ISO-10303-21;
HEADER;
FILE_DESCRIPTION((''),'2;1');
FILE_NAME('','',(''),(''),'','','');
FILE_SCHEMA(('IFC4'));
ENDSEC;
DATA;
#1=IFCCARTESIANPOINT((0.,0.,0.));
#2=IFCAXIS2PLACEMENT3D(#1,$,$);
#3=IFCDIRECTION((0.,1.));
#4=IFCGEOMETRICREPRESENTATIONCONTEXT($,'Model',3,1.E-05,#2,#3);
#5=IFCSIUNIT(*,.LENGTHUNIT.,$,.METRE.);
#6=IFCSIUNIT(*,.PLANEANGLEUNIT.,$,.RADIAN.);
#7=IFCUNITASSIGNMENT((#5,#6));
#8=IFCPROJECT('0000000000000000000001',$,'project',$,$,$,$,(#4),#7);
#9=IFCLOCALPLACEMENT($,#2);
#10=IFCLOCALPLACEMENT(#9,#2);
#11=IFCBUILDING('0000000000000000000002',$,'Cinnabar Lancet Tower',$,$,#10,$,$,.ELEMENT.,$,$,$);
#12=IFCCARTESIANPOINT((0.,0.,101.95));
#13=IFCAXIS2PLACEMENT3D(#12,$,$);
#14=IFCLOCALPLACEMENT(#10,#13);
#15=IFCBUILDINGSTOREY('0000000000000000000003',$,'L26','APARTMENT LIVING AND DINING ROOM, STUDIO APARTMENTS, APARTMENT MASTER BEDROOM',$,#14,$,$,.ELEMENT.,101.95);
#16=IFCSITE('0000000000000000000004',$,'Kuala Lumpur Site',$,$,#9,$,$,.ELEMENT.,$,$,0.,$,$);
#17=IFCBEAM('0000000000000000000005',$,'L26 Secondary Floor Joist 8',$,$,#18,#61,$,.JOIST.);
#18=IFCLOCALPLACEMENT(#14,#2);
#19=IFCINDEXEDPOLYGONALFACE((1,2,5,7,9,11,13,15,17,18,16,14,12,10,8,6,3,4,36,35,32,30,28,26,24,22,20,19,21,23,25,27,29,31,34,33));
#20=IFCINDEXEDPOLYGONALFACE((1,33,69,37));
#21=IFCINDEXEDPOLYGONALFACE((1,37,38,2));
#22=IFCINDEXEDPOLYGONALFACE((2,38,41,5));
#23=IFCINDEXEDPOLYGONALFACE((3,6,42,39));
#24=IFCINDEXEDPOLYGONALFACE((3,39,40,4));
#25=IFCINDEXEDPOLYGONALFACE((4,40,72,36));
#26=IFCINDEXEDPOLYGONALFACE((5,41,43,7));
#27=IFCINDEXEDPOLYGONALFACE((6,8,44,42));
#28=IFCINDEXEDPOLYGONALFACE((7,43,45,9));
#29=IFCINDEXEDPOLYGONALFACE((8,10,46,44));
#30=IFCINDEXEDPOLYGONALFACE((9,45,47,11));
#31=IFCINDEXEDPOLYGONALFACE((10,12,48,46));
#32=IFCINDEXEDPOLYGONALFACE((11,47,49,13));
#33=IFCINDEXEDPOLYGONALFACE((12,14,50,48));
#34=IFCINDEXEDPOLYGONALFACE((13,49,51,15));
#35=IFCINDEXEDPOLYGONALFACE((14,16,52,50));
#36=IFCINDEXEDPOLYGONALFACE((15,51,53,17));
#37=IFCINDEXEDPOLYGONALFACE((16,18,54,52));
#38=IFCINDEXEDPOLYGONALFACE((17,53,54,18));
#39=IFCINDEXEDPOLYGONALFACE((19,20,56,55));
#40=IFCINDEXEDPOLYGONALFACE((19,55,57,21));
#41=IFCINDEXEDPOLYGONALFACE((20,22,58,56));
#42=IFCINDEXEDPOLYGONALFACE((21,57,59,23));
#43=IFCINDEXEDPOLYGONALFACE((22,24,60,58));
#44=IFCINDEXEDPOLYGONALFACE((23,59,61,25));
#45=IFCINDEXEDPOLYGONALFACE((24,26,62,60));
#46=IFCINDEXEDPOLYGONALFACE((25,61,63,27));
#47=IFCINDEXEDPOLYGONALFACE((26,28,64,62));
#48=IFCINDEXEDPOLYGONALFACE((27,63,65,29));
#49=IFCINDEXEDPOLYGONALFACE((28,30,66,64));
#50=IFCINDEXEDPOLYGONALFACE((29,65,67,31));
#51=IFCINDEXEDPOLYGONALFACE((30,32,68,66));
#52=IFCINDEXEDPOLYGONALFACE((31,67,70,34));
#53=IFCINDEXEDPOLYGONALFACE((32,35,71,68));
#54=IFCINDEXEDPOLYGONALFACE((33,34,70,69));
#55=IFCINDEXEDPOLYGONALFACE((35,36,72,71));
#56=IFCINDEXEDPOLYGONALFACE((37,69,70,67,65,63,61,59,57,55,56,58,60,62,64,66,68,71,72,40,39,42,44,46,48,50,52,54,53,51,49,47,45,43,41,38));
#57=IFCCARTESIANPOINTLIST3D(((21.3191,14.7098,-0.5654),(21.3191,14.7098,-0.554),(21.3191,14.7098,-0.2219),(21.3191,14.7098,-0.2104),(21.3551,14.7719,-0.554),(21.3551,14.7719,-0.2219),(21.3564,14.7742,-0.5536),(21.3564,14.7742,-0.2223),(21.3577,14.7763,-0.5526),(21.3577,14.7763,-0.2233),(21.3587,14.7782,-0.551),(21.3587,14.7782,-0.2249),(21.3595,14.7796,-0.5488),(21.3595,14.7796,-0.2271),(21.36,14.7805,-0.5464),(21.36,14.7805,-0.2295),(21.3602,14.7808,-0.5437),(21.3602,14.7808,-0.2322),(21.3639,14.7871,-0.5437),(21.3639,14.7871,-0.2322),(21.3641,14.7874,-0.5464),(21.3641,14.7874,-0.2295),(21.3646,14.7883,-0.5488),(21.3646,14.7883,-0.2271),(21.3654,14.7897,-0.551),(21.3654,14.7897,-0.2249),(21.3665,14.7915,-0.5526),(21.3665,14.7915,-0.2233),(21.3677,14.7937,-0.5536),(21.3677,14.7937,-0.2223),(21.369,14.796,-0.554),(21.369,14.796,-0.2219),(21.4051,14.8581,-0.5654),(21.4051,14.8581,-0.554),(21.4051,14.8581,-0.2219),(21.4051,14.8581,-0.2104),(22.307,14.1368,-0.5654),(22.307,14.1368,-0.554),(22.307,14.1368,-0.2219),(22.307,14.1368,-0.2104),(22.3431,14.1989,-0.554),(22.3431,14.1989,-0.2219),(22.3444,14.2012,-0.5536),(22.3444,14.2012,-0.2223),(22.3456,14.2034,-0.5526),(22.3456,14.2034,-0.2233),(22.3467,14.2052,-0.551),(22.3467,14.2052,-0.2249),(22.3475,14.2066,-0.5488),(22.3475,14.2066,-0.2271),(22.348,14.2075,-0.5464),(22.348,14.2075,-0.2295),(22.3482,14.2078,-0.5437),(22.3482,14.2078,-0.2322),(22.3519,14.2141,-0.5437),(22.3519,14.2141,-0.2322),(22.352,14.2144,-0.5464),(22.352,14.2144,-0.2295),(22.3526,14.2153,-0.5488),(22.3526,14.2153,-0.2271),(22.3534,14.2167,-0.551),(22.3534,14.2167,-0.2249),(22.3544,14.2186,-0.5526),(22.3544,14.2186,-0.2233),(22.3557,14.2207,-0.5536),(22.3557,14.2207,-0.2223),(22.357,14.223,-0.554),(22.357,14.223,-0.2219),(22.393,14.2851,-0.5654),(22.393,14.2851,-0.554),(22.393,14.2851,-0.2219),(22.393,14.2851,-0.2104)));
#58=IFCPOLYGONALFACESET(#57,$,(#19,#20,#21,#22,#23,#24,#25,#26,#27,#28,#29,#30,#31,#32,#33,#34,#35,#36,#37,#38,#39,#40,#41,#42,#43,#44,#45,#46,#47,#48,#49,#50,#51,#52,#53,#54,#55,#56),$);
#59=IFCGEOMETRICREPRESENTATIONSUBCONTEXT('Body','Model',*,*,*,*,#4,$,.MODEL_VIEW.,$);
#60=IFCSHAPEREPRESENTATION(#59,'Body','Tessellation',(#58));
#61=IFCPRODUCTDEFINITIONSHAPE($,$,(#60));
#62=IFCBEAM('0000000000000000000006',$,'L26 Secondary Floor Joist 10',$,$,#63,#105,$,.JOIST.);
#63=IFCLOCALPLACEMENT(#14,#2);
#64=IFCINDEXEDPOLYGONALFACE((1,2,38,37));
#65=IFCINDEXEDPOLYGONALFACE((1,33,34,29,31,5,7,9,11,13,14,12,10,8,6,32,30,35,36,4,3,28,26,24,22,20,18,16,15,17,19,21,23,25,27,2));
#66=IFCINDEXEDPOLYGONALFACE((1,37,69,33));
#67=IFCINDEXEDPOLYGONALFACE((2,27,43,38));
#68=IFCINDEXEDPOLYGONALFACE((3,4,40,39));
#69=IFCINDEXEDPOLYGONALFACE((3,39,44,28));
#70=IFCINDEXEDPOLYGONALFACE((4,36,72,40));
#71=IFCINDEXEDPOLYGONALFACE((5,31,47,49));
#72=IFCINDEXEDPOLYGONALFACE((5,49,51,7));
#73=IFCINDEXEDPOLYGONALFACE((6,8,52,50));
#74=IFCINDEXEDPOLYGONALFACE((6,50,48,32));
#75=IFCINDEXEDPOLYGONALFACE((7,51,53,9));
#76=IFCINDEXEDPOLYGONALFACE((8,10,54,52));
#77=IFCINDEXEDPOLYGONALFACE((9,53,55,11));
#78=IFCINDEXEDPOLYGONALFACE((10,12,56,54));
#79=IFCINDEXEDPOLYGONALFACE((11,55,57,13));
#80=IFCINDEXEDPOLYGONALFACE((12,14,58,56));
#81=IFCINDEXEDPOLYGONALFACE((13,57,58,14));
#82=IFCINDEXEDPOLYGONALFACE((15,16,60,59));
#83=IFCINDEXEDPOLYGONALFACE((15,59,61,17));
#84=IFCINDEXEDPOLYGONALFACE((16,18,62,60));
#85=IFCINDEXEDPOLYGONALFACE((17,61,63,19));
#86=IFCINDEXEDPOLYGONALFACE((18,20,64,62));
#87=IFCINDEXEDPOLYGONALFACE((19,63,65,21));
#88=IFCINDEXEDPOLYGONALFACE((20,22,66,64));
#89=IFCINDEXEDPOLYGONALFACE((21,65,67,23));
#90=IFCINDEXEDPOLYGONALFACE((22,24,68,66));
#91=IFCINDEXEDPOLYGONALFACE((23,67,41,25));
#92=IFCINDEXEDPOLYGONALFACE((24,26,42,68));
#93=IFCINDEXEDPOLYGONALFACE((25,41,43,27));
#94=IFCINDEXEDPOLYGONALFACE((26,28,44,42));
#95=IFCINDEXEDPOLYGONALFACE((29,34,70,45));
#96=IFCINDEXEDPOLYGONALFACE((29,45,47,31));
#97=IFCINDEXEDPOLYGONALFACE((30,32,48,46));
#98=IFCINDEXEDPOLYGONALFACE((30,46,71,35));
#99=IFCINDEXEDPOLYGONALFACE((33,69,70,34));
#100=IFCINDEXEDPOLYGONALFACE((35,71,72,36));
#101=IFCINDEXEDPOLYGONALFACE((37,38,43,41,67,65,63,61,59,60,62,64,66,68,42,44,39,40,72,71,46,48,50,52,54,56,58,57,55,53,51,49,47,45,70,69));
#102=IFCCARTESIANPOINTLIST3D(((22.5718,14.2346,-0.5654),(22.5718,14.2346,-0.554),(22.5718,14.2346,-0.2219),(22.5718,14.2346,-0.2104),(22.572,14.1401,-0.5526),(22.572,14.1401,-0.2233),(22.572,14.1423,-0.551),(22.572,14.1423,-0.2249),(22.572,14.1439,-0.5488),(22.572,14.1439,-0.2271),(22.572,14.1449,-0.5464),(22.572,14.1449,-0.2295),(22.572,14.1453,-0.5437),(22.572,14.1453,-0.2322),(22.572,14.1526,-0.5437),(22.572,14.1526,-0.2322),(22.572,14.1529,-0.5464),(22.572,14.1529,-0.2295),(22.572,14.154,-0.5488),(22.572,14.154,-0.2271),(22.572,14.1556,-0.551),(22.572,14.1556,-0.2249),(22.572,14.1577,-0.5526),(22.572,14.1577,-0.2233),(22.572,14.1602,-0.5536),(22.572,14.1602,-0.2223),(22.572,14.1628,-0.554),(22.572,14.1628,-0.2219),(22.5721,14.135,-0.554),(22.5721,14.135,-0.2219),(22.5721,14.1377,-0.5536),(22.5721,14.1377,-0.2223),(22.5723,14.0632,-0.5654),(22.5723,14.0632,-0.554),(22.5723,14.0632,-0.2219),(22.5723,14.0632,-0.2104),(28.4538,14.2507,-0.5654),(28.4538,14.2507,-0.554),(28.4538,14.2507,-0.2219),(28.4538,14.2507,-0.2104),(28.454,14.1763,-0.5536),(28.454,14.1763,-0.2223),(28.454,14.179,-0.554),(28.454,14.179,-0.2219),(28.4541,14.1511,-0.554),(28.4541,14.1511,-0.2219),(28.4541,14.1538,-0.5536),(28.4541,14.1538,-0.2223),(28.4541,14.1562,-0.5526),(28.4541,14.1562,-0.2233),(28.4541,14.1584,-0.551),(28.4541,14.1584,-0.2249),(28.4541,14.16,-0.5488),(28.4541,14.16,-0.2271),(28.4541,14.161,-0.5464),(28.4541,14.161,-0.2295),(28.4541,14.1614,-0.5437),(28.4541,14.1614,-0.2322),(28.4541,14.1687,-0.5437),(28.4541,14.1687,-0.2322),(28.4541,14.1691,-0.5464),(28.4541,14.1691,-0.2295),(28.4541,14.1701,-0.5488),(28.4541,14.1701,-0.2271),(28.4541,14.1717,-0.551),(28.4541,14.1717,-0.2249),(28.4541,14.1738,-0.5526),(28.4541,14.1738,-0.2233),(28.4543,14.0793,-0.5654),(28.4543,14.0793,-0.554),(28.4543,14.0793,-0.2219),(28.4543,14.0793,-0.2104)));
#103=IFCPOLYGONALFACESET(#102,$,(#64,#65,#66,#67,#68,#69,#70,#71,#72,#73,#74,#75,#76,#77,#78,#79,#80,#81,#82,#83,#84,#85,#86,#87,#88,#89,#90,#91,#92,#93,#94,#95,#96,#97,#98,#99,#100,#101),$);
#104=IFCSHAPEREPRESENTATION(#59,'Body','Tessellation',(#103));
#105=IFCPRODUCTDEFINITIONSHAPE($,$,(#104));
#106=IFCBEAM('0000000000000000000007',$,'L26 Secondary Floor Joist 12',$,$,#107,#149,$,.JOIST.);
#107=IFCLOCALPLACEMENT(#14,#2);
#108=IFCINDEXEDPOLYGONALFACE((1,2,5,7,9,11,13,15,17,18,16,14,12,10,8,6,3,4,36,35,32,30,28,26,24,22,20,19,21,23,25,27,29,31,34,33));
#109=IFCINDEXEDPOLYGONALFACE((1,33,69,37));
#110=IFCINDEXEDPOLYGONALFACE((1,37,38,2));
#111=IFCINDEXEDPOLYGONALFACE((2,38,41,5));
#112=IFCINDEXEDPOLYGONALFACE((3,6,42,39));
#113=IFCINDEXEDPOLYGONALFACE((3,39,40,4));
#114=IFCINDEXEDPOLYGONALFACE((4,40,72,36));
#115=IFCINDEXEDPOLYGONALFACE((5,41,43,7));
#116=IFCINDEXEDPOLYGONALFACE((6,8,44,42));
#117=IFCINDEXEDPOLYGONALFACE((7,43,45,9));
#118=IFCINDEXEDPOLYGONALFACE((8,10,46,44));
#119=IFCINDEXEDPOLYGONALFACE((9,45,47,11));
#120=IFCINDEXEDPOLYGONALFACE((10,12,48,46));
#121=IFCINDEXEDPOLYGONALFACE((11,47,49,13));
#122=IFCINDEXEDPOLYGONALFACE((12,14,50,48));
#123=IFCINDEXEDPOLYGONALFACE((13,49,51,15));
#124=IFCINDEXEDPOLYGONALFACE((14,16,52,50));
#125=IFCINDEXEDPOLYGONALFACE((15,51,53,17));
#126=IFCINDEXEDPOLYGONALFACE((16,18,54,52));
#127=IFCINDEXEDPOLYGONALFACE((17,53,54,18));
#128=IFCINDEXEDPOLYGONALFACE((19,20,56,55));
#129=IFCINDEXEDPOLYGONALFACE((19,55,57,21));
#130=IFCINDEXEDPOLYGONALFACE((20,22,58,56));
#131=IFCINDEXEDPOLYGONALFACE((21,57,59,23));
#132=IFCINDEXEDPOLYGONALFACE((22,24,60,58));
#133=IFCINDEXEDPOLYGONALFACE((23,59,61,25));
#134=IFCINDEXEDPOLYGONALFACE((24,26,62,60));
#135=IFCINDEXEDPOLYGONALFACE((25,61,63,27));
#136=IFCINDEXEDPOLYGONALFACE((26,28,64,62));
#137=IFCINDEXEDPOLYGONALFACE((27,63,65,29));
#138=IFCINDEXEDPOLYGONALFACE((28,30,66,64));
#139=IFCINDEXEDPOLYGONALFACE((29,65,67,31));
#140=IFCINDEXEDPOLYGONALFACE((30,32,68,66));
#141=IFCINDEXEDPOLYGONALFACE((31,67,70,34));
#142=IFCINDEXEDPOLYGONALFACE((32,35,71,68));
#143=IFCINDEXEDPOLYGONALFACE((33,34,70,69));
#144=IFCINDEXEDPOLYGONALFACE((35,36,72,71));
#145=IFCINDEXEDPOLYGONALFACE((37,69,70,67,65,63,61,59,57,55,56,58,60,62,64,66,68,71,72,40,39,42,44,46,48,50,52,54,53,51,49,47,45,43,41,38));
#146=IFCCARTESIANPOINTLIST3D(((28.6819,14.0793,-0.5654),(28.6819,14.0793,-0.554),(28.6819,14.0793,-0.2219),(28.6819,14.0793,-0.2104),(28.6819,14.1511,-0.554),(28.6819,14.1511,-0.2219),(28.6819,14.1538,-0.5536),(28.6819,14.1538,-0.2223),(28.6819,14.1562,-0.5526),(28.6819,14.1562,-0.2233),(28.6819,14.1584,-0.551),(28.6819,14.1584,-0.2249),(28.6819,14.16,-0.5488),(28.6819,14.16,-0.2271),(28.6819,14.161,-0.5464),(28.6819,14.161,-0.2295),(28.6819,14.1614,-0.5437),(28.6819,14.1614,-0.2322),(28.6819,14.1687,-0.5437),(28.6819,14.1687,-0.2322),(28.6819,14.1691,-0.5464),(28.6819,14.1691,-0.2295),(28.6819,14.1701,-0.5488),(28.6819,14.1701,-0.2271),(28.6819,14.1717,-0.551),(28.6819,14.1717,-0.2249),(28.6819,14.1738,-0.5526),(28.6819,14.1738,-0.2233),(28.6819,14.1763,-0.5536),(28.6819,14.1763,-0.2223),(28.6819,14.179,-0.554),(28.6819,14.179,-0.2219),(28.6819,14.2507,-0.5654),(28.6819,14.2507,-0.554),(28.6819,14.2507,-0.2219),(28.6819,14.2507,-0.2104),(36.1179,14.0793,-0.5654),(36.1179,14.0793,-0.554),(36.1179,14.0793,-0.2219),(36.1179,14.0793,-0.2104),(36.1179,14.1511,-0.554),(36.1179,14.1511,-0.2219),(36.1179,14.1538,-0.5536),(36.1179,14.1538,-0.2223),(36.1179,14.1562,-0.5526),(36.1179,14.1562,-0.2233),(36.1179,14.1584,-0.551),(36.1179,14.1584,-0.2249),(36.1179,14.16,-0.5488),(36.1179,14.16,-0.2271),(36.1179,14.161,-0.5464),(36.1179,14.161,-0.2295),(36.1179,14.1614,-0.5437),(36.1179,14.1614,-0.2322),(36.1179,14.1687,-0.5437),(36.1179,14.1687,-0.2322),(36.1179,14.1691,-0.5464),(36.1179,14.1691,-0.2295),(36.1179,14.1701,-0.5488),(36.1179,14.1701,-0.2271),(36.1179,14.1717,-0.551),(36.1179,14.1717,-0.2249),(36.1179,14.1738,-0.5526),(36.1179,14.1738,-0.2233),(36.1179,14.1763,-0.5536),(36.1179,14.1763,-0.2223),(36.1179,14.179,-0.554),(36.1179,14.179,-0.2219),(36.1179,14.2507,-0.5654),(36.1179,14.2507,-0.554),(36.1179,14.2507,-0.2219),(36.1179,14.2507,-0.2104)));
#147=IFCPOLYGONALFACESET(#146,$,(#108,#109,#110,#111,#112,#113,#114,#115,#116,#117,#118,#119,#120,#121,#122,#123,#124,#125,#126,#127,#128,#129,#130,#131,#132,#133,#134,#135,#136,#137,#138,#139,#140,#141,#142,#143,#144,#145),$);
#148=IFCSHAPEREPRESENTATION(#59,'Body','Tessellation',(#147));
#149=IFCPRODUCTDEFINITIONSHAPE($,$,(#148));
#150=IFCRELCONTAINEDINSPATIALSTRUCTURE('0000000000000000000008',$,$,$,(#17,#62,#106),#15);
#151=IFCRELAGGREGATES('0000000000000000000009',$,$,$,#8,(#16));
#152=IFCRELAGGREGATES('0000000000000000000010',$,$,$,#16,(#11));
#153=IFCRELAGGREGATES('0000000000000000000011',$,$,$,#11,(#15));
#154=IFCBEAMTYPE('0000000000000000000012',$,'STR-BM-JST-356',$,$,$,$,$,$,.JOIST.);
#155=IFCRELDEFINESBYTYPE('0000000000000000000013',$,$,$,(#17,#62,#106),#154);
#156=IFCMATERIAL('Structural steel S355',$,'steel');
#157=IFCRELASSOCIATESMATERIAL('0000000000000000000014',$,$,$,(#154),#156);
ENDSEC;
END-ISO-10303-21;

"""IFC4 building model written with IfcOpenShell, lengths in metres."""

from ifc_helpers import new_model, si_unit, direction, frame, origin, origin_2d, place, context, subcontext, project, spatial, i_section, extrude, material, material_profile, profile_set, type_object, element, save


model = new_model("IFC4")

# Units and contexts
model_context = context("Model", 3, precision=1e-05, world=origin(), true_north=direction((0.0, 1.0)))
body_context = subcontext(model_context, "Body", "Model", "MODEL_VIEW")
ifc_project = project(units=[si_unit("LENGTHUNIT", "METRE"), si_unit("PLANEANGLEUNIT", "RADIAN")], contexts=[model_context])

# Site, building, storey
site_placement = place(None, origin())
site = spatial("IfcSite", under=ifc_project, at=site_placement, Name="Kuala Lumpur Site", CompositionType="ELEMENT", RefElevation=0.0)
building_placement = place(site_placement, origin())
building = spatial("IfcBuilding", under=site, at=building_placement, Name="Cinnabar Lancet Tower", CompositionType="ELEMENT")
storey_placement = place(building_placement, frame((0.0, 0.0, 101.95)))
storey = spatial("IfcBuildingStorey", under=building, at=storey_placement, Name="L26", Description="APARTMENT LIVING AND DINING ROOM, STUDIO APARTMENTS, APARTMENT MASTER BEDROOM", CompositionType="ELEMENT", Elevation=101.95)

# Beams
ifc_material_1 = material(Name="Structural steel S355", Category="steel")
ifc_material_profile_1 = material_profile(ifc_material_1, i_section(OverallWidth=0.1714, OverallDepth=0.355, WebThickness=0.0073, FlangeThickness=0.0115, FilletRadius=0.0103, at=origin_2d()), Name="UKB 356x171x51")
ifc_profile_set_1 = profile_set([ifc_material_profile_1], Name="Structural steel S355")
beam_type_1 = type_object("IfcBeamType", Name="STR-BM-JST-356", PredefinedType="JOIST", material=ifc_profile_set_1)
beam_1_placement = place(storey_placement, frame((21.3621, 14.7839, -0.3879), z_axis=(0.865055, -0.501677, 0.0), x_axis=(0.501677, 0.865055, 0.0)))
element("IfcBeam", 1, at=beam_1_placement, inside=storey, type_object=beam_type_1, Name="L26 Secondary Floor Joist 8", PredefinedType="JOIST", context=body_context, shape_type="SweptSolid", body=[
    extrude(i_section(OverallWidth=0.1714, OverallDepth=0.355, WebThickness=0.0073, FlangeThickness=0.0115, FilletRadius=0.0103, at=origin_2d()), origin(), (0.0, 0.0, 1.0), 1.1421),
])
beam_2_placement = place(storey_placement, frame((22.572, 14.1489, -0.3879), z_axis=(0.999996, 0.002739, 0.0), x_axis=(-0.002739, 0.999996, 0.0)))
element("IfcBeam", 2, at=beam_2_placement, inside=storey, type_object=beam_type_1, Name="L26 Secondary Floor Joist 10", PredefinedType="JOIST", context=body_context, shape_type="SweptSolid", body=[
    extrude(i_section(OverallWidth=0.1714, OverallDepth=0.355, WebThickness=0.0073, FlangeThickness=0.0115, FilletRadius=0.0103, at=origin_2d()), origin(), (0.0, 0.0, 1.0), 5.8821),
])
beam_3_placement = place(storey_placement, frame((28.6819, 14.165, -0.3879), z_axis=(1.0, 0.0, 0.0), x_axis=(0.0, 1.0, 0.0)))
element("IfcBeam", 3, at=beam_3_placement, inside=storey, type_object=beam_type_1, Name="L26 Secondary Floor Joist 12", PredefinedType="JOIST", context=body_context, shape_type="SweptSolid", body=[
    extrude(i_section(OverallWidth=0.1714, OverallDepth=0.355, WebThickness=0.0073, FlangeThickness=0.0115, FilletRadius=0.0103, at=origin_2d()), origin(), (0.0, 0.0, 1.0), 7.436),
])

save(model, "model.ifc")
